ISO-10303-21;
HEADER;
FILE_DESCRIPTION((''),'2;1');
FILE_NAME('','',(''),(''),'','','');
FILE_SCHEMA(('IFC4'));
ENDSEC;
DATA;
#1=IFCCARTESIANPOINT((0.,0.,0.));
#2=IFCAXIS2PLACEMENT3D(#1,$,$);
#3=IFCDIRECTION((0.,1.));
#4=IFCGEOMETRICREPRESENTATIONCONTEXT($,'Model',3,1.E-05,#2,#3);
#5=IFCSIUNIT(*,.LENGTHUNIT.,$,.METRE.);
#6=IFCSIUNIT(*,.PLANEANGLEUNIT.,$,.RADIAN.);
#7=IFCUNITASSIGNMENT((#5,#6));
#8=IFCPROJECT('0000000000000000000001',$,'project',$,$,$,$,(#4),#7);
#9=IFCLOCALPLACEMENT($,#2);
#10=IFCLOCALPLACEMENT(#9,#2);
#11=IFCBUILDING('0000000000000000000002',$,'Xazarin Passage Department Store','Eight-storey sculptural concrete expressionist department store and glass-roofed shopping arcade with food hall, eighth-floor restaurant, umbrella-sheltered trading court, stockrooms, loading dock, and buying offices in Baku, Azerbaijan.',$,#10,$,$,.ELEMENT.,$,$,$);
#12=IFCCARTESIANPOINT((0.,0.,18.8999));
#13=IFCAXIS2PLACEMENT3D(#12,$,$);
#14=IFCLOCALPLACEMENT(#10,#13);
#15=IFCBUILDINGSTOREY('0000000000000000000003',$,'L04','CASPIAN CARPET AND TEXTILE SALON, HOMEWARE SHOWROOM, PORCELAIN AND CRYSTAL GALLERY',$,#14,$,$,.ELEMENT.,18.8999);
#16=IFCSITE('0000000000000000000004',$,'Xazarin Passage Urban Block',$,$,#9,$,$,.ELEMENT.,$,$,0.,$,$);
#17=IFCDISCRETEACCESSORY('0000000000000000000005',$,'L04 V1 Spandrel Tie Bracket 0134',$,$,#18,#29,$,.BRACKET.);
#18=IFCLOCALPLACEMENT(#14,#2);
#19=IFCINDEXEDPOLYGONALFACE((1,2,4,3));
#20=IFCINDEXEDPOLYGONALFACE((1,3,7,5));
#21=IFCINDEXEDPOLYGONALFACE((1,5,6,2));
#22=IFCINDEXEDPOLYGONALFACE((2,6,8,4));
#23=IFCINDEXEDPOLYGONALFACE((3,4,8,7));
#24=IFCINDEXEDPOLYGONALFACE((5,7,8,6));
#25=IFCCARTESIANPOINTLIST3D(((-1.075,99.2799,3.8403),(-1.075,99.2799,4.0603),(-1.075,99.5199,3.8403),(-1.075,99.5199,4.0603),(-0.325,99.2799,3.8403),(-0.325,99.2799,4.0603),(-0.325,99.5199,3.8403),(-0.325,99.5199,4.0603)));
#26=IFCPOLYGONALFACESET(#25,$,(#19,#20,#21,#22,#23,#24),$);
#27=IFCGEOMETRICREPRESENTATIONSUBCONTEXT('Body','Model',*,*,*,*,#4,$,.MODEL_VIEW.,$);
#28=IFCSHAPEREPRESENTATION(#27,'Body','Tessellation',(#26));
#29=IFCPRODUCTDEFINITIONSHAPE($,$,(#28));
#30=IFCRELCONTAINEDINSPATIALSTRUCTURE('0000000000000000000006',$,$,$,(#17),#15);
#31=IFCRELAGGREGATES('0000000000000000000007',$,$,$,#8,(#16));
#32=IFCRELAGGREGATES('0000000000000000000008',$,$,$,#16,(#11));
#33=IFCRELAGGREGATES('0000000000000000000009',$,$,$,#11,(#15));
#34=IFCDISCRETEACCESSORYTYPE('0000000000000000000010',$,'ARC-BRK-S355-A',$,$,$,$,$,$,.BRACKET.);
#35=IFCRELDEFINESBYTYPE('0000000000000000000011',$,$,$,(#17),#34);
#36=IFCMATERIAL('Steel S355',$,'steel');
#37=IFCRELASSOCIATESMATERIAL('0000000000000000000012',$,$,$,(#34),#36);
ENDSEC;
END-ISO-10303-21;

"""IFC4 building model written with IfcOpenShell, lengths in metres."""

from ifc_helpers import new_model, si_unit, direction, frame, origin, origin_2d, place, context, subcontext, project, spatial, rectangle, extrude, material, type_object, element, save


model = new_model("IFC4")

# Units and contexts
model_context = context("Model", 3, precision=1e-05, world=origin(), true_north=direction((0.0, 1.0)))
body_context = subcontext(model_context, "Body", "Model", "MODEL_VIEW")
ifc_project = project(units=[si_unit("LENGTHUNIT", "METRE"), si_unit("PLANEANGLEUNIT", "RADIAN")], contexts=[model_context])

# Site, building, storey
site_placement = place(None, origin())
site = spatial("IfcSite", under=ifc_project, at=site_placement, Name="Xazarin Passage Urban Block", CompositionType="ELEMENT", RefElevation=0.0)
building_placement = place(site_placement, origin())
building = spatial("IfcBuilding", under=site, at=building_placement, Name="Xazarin Passage Department Store", Description="Eight-storey sculptural concrete expressionist department store and glass-roofed shopping arcade with food hall, eighth-floor restaurant, umbrella-sheltered trading court, stockrooms, loading dock, and buying offices in Baku, Azerbaijan.", CompositionType="ELEMENT")
storey_placement = place(building_placement, frame((0.0, 0.0, 18.8999)))
storey = spatial("IfcBuildingStorey", under=building, at=storey_placement, Name="L04", Description="CASPIAN CARPET AND TEXTILE SALON, HOMEWARE SHOWROOM, PORCELAIN AND CRYSTAL GALLERY", CompositionType="ELEMENT", Elevation=18.8999)

# Discrete accessory
ifc_material_1 = material(Name="Steel S355", Category="steel")
discrete_accessory_type = type_object("IfcDiscreteAccessoryType", Name="ARC-BRK-S355-A", PredefinedType="BRACKET", material=ifc_material_1)
discrete_accessory_placement = place(storey_placement, frame((-0.7, 99.3999, 3.8403), z_axis=(0.0, 0.0, 1.0), x_axis=(0.0, 1.0, 0.0)))
element("IfcDiscreteAccessory", 1, at=discrete_accessory_placement, inside=storey, type_object=discrete_accessory_type, Name="L04 V1 Spandrel Tie Bracket 0134", PredefinedType="BRACKET", context=body_context, shape_type="SweptSolid", body=[
    extrude(rectangle(XDim=0.24, YDim=0.75, at=origin_2d()), origin(), (0.0, 0.0, 1.0), 0.22),
])

save(model, "model.ifc")
